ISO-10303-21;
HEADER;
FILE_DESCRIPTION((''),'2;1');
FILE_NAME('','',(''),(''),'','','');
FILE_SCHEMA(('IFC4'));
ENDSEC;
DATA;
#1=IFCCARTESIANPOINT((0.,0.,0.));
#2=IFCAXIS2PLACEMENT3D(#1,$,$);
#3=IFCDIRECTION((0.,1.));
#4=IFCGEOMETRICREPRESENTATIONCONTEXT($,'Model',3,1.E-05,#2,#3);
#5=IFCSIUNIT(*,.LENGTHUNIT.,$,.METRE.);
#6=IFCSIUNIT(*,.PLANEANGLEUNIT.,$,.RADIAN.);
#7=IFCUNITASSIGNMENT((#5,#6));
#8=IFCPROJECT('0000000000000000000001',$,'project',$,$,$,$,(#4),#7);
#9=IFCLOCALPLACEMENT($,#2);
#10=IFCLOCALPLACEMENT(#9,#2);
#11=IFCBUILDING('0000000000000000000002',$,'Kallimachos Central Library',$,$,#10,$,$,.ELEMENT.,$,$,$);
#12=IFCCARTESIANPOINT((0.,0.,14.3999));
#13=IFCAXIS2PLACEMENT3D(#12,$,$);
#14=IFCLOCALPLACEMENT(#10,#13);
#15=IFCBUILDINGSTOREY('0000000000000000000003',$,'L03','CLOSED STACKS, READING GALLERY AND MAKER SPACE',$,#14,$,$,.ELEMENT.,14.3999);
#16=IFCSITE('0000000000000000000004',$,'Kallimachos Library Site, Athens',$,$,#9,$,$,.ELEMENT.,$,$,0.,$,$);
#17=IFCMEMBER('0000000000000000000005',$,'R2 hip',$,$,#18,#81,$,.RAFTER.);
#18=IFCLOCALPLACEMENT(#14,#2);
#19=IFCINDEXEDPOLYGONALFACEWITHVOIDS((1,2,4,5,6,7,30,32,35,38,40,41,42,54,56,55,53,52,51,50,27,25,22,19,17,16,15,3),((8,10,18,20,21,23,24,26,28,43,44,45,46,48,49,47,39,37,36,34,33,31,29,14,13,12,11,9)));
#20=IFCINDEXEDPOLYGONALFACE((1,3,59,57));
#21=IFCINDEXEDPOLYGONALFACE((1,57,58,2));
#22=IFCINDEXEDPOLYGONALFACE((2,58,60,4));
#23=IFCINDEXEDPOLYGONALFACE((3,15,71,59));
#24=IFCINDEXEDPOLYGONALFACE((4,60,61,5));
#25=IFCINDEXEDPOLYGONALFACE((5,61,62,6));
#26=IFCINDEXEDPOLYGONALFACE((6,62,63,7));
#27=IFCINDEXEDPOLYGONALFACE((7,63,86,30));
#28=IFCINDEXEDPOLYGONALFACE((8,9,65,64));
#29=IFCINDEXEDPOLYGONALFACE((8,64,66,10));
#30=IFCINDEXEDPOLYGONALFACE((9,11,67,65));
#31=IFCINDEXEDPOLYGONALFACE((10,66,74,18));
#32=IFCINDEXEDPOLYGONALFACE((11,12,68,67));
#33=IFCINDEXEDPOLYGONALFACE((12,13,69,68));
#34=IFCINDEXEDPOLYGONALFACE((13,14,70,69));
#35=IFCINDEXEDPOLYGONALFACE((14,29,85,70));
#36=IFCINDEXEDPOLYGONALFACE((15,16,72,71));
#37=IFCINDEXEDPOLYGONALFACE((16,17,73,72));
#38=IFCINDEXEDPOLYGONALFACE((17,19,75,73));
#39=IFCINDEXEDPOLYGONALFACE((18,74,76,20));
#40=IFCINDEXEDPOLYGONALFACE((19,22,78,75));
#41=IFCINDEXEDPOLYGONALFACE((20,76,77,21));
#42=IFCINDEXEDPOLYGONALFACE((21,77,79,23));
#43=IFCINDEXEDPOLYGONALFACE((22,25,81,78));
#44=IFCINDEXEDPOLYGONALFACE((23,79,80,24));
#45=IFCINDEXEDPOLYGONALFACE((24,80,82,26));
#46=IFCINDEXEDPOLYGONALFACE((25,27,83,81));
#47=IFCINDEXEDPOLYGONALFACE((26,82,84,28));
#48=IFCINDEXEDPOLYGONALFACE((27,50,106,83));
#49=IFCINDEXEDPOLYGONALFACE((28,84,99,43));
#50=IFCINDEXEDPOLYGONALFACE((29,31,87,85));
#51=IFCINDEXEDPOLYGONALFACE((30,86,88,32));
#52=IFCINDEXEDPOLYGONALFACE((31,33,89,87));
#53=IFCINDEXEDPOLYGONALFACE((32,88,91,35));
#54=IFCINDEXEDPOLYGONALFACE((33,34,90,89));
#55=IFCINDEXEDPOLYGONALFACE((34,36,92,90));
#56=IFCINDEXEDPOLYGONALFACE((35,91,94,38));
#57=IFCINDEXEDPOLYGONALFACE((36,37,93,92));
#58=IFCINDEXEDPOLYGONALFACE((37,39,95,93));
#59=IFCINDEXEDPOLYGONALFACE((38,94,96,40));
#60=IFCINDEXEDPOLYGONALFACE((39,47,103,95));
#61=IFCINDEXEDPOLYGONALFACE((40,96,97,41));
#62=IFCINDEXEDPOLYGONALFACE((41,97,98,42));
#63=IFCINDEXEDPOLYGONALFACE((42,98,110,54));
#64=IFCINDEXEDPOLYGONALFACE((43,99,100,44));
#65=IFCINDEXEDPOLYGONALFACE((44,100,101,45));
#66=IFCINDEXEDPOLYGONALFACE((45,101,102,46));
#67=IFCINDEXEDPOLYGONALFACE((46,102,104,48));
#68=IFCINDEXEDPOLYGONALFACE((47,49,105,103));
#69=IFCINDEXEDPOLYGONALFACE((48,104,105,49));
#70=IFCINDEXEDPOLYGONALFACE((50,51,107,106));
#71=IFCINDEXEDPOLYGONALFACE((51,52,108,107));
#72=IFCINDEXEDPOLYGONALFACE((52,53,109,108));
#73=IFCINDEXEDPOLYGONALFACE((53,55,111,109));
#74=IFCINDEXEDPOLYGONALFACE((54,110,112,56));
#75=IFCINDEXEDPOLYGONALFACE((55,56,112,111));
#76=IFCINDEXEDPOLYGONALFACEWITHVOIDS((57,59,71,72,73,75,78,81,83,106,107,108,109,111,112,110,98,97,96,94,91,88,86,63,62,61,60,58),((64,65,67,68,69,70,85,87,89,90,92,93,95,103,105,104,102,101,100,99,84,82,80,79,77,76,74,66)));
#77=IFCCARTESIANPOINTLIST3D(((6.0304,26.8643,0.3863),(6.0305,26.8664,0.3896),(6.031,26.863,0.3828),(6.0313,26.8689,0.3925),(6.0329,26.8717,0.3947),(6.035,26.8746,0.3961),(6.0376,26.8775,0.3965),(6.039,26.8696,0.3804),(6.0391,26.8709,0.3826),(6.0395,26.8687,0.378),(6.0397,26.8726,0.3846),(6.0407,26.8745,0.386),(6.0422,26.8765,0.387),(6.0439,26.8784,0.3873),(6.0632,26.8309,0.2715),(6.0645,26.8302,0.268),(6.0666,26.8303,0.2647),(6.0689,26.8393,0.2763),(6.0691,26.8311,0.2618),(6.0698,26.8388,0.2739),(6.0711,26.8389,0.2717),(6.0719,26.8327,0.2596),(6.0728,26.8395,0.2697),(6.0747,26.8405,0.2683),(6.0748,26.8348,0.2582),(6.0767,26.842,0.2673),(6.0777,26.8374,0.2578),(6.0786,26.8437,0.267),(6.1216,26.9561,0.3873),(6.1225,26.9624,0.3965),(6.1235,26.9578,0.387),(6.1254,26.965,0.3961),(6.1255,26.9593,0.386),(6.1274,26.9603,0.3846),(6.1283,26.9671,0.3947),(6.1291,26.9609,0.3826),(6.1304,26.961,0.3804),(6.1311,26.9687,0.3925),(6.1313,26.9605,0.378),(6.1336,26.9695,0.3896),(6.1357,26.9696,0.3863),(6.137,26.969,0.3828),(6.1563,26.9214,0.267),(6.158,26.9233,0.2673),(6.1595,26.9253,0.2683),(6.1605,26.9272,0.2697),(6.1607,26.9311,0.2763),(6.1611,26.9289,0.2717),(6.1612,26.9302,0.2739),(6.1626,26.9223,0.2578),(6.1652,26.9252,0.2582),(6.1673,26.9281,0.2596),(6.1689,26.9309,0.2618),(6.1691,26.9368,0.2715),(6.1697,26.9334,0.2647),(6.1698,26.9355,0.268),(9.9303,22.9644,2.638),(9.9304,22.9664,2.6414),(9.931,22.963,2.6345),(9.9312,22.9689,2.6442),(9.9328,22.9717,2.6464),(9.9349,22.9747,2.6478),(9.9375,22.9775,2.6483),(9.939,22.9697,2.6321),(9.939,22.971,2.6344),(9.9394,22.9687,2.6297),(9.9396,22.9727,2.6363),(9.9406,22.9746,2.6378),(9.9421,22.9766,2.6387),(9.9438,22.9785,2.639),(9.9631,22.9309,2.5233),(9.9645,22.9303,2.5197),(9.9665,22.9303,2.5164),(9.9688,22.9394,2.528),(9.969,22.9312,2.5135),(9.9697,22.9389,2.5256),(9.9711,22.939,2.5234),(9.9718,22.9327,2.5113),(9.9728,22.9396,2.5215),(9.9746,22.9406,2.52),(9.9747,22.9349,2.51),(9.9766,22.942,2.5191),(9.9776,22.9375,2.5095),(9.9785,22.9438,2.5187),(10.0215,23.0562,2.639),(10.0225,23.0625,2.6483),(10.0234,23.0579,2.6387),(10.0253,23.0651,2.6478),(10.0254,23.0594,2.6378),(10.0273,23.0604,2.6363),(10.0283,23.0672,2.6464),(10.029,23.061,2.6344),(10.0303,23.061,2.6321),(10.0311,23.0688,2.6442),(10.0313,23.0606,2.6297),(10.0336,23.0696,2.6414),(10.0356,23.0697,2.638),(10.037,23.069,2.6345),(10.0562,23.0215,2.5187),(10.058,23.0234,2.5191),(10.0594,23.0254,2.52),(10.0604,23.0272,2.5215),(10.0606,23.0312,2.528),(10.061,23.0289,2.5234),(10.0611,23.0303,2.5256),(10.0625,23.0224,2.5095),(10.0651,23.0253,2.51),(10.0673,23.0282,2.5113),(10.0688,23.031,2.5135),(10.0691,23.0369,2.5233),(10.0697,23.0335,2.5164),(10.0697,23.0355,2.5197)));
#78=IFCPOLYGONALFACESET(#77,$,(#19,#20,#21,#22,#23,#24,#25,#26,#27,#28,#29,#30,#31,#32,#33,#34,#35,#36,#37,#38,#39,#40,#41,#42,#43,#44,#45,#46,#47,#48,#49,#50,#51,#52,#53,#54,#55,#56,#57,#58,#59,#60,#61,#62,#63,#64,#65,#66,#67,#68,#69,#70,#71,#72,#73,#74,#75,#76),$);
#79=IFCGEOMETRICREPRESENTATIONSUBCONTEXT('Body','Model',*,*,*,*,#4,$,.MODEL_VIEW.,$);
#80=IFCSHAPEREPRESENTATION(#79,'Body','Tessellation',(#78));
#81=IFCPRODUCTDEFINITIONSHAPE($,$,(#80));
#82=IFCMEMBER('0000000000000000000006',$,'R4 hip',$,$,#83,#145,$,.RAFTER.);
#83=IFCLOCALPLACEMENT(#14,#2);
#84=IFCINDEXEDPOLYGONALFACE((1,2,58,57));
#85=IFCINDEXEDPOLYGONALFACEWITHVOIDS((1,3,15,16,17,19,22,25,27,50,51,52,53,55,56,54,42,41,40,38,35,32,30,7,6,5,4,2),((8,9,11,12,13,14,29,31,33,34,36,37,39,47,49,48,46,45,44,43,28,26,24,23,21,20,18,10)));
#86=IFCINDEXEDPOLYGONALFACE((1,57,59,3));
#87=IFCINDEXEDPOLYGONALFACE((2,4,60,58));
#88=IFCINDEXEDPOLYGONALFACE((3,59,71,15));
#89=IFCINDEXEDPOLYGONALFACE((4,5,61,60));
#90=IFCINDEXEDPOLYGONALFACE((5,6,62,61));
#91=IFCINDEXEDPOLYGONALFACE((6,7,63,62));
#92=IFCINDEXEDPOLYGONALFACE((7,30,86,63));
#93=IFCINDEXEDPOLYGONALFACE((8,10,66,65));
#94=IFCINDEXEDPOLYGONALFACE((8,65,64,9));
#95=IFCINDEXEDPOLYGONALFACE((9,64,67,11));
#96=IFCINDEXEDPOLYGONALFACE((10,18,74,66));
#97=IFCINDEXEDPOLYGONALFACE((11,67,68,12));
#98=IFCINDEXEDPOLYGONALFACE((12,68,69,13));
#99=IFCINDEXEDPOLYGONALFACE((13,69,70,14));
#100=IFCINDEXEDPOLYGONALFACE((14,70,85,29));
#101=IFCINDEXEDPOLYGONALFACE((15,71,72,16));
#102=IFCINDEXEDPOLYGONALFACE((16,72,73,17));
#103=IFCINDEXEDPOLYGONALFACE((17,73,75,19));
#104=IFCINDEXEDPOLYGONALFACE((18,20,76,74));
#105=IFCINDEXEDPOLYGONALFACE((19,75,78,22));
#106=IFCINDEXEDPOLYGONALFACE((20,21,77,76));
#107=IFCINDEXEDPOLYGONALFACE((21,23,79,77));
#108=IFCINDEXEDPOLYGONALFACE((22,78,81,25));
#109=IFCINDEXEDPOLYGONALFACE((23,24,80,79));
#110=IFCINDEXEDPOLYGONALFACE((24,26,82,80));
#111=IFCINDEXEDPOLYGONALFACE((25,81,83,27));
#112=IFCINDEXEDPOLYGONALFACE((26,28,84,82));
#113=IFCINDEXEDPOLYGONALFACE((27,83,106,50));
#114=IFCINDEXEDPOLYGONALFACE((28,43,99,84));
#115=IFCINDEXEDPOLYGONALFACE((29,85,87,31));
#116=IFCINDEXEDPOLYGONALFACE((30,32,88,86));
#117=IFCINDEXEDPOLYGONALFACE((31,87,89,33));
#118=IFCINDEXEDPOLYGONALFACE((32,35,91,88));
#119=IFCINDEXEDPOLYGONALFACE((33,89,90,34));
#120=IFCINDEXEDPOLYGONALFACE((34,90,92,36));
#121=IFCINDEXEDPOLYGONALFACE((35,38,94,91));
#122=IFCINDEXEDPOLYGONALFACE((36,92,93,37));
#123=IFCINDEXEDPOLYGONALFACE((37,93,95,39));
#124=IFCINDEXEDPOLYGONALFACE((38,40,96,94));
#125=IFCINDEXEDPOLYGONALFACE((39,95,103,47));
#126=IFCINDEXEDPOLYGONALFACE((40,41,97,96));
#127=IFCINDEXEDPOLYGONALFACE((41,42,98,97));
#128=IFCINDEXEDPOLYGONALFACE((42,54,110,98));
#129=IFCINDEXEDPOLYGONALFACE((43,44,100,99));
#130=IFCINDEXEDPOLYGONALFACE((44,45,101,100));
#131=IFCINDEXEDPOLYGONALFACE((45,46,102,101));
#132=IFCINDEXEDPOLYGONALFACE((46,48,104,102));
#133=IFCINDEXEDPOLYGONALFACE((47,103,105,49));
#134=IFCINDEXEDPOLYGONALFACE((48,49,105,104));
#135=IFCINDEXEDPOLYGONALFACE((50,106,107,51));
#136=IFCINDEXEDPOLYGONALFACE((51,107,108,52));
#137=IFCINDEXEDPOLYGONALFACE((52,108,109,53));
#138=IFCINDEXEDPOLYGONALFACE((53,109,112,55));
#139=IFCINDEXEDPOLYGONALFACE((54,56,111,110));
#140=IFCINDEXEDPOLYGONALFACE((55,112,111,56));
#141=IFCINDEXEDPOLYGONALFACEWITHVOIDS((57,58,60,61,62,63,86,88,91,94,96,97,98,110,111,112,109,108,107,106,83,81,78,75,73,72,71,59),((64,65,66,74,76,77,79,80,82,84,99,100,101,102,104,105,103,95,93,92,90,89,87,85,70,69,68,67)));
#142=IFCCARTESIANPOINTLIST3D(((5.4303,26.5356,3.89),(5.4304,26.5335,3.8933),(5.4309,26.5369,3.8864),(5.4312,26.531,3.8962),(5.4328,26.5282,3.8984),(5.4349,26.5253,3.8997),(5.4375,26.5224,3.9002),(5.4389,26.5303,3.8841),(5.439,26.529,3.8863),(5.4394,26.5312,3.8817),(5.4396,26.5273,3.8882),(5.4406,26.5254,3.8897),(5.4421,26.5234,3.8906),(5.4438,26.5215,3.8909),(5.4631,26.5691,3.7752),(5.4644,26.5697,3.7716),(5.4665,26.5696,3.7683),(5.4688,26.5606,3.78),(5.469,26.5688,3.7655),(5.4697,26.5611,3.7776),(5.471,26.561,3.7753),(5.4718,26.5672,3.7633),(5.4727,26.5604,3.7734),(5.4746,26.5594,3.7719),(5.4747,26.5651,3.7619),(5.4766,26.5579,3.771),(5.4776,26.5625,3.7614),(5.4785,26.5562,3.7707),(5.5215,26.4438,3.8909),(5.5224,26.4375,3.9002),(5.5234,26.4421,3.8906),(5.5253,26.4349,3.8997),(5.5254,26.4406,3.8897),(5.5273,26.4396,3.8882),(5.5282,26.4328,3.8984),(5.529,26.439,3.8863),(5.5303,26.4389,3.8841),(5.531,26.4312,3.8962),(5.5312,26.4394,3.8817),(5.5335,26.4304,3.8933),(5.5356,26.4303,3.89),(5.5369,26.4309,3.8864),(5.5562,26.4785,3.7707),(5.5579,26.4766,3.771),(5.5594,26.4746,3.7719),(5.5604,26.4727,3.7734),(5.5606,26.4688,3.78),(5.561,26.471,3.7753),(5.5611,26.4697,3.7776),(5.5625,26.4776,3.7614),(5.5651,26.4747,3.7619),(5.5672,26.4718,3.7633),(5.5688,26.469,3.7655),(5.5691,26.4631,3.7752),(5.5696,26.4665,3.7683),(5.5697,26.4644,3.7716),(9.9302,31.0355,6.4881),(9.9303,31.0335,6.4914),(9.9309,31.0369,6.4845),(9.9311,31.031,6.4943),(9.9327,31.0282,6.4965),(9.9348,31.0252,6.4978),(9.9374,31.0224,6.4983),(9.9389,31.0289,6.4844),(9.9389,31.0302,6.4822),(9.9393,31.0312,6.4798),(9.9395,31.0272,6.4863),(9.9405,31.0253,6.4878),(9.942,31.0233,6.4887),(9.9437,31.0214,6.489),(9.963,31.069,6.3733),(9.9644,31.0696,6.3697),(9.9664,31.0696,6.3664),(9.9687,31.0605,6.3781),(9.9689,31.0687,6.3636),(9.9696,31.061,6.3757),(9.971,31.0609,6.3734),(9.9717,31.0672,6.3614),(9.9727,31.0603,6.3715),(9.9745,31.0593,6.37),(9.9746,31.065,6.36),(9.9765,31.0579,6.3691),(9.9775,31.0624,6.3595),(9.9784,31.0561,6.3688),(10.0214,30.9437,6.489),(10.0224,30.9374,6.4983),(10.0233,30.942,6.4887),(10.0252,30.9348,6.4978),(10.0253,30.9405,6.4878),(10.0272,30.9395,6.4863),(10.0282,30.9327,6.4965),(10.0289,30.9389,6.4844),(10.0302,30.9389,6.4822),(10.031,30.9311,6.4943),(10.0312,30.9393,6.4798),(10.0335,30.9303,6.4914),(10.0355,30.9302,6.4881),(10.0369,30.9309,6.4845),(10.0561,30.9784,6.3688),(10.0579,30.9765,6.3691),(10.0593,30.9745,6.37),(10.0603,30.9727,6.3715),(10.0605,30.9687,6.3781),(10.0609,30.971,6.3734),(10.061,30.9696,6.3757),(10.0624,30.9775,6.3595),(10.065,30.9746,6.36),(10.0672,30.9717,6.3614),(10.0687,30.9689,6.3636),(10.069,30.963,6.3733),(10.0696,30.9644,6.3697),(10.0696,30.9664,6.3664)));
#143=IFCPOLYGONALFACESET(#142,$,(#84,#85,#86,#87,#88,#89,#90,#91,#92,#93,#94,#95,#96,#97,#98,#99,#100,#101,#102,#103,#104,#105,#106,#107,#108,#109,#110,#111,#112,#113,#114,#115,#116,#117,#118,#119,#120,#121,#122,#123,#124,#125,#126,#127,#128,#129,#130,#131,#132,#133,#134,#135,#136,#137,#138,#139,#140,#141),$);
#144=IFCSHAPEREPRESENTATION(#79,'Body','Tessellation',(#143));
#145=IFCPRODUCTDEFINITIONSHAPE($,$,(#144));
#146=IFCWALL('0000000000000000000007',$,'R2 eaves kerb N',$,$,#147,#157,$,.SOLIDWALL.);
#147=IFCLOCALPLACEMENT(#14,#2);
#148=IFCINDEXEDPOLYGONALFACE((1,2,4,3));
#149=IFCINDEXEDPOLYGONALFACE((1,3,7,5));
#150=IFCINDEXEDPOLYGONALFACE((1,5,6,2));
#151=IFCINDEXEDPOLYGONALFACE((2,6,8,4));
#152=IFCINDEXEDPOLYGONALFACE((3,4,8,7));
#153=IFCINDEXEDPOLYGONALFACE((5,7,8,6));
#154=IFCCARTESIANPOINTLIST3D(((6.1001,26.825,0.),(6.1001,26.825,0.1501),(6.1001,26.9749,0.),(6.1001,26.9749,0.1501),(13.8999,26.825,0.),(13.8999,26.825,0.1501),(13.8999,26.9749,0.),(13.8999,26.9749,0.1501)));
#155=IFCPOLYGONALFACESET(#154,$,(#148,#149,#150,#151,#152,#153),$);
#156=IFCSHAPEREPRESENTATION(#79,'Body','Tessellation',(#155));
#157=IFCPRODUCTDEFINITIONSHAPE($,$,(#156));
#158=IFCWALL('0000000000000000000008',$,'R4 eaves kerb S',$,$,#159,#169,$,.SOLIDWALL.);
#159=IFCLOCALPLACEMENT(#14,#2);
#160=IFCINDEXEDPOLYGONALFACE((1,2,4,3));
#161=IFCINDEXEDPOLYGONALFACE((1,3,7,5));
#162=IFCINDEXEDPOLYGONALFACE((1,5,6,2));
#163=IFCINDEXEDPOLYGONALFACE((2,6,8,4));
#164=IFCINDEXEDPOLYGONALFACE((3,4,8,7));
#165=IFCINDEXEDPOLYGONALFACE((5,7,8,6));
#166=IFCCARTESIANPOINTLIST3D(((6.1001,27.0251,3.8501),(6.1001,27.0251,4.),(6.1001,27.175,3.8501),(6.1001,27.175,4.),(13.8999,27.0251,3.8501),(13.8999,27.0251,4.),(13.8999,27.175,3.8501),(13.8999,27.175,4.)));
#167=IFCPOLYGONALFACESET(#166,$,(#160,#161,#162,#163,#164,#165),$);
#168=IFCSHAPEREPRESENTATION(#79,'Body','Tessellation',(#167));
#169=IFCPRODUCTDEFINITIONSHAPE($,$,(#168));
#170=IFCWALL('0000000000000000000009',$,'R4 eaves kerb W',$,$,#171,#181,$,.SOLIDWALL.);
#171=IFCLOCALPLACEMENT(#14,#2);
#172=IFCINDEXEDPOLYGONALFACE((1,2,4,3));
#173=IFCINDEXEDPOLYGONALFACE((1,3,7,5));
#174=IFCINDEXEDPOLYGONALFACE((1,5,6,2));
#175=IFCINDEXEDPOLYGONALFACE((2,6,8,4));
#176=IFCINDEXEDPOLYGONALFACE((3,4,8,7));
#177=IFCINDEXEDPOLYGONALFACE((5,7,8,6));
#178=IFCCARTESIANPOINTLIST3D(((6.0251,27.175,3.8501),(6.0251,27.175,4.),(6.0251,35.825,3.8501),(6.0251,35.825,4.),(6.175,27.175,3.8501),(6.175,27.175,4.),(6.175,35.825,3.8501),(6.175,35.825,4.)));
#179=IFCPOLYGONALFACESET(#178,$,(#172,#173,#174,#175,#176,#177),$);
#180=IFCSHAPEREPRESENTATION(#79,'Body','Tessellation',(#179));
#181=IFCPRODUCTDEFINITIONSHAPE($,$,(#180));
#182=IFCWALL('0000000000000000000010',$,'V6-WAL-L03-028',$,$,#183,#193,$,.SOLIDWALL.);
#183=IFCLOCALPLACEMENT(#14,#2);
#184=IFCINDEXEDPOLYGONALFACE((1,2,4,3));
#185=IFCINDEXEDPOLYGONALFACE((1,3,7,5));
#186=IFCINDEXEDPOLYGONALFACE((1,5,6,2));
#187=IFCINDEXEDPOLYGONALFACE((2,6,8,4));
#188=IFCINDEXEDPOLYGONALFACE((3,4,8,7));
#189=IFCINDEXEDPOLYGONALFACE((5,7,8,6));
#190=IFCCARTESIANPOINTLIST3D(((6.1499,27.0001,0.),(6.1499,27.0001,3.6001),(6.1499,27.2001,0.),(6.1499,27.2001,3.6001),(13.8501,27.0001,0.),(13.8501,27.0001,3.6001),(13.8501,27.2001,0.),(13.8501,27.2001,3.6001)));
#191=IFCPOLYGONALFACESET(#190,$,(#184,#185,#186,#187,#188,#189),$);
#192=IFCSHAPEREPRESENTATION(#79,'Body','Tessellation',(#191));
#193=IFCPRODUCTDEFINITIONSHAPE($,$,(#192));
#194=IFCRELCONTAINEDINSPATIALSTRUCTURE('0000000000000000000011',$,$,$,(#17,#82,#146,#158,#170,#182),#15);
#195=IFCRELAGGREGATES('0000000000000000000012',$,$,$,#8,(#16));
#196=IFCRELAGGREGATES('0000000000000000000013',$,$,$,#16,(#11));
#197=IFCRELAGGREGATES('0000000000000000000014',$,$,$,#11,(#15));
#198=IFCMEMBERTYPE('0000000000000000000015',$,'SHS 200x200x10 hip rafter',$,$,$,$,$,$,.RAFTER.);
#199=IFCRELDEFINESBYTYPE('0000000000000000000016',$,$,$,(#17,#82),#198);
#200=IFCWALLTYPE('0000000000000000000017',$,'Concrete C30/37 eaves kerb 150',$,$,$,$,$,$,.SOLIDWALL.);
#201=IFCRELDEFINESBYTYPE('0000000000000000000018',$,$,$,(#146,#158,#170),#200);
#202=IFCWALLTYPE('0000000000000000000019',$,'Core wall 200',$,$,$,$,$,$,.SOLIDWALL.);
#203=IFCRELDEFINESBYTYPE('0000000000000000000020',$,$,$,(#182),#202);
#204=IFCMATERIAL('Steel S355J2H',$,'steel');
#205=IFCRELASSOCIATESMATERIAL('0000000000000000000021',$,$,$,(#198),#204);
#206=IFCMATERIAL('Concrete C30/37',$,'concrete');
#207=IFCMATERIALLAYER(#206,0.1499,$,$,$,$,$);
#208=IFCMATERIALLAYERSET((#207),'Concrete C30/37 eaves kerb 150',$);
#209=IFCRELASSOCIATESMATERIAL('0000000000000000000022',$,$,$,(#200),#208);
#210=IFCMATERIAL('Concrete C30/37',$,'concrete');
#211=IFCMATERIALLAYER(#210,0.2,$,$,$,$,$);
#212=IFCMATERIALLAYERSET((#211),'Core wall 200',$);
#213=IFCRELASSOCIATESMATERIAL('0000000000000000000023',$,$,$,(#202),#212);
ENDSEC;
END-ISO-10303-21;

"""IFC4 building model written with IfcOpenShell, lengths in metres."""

from ifc_helpers import new_model, si_unit, direction, frame, frame_2d, origin, origin_2d, place, context, subcontext, project, spatial, rectangle, hollow_rectangle, extrude, material, layer, layer_set, material_profile, profile_set, type_object, element, save


model = new_model("IFC4")

# Units and contexts
model_context = context("Model", 3, precision=1e-05, world=origin(), true_north=direction((0.0, 1.0)))
body_context = subcontext(model_context, "Body", "Model", "MODEL_VIEW")
ifc_project = project(units=[si_unit("LENGTHUNIT", "METRE"), si_unit("PLANEANGLEUNIT", "RADIAN")], contexts=[model_context])

# Site, building, storey
site_placement = place(None, origin())
site = spatial("IfcSite", under=ifc_project, at=site_placement, Name="Kallimachos Library Site, Athens", CompositionType="ELEMENT", RefElevation=0.0)
building_placement = place(site_placement, origin())
building = spatial("IfcBuilding", under=site, at=building_placement, Name="Kallimachos Central Library", CompositionType="ELEMENT")
storey_placement = place(building_placement, frame((0.0, 0.0, 14.3999)))
storey = spatial("IfcBuildingStorey", under=building, at=storey_placement, Name="L03", Description="CLOSED STACKS, READING GALLERY AND MAKER SPACE", CompositionType="ELEMENT", Elevation=14.3999)

# Members
ifc_material_1 = material(Name="Steel S355J2H", Category="steel")
ifc_material_profile_1 = material_profile(ifc_material_1, hollow_rectangle(XDim=0.1499, YDim=0.1499, WallThickness=0.01, InnerFilletRadius=0.01, OuterFilletRadius=0.0149, at=origin_2d()), Name="SHS 150x150x10")
ifc_profile_set_1 = profile_set([ifc_material_profile_1], Name="Steel S355J2H")
member_type_1 = type_object("IfcMemberType", Name="SHS 200x200x10 hip rafter", PredefinedType="RAFTER", material=ifc_profile_set_1)
member_1_placement = place(storey_placement, frame((6.1001, 26.8999, 0.3271), z_axis=(0.65465, -0.65465, 0.377979), x_axis=(0.707107, 0.707107, 0.0)))
element("IfcMember", 1, at=member_1_placement, inside=storey, type_object=member_type_1, Name="R2 hip", PredefinedType="RAFTER", context=body_context, shape_type="SweptSolid", body=[
    extrude(hollow_rectangle(XDim=0.1499, YDim=0.1499, WallThickness=0.01, InnerFilletRadius=0.01, OuterFilletRadius=0.0149, at=origin_2d()), origin(), (0.0, 0.0, 1.0), 5.9573),
])
member_2_placement = place(storey_placement, frame((5.5, 26.5, 3.8308), z_axis=(0.654651, 0.654651, 0.377973), x_axis=(-0.707107, 0.707107, 0.0)))
element("IfcMember", 2, at=member_2_placement, inside=storey, type_object=member_type_1, Name="R4 hip", PredefinedType="RAFTER", context=body_context, shape_type="SweptSolid", body=[
    extrude(hollow_rectangle(XDim=0.1499, YDim=0.1499, WallThickness=0.01, InnerFilletRadius=0.01, OuterFilletRadius=0.0149, at=origin_2d()), origin(), (0.0, 0.0, 1.0), 6.8738),
])

# Walls
ifc_material_2 = material(Name="Concrete C30/37", Category="concrete")
ifc_layer_1 = layer(ifc_material_2, 0.1499)
ifc_layer_set_1 = layer_set([ifc_layer_1], Name="Concrete C30/37 eaves kerb 150")
wall_type_1 = type_object("IfcWallType", Name="Concrete C30/37 eaves kerb 150", PredefinedType="SOLIDWALL", material=ifc_layer_set_1)
wall_1_placement = place(storey_placement, frame((6.1001, 26.8999, 0.0), z_axis=(0.0, 0.0, 1.0), x_axis=(1.0, 0.0, 0.0)))
element("IfcWall", 3, at=wall_1_placement, inside=storey, type_object=wall_type_1, Name="R2 eaves kerb N", PredefinedType="SOLIDWALL", context=body_context, shape_type="SweptSolid", body=[
    extrude(rectangle(XDim=7.7998, YDim=0.1499, at=frame_2d((3.8999, 0.0))), origin(), (0.0, 0.0, 1.0), 0.1501),
])
wall_2_placement = place(storey_placement, frame((6.1001, 27.1001, 3.8501), z_axis=(0.0, 0.0, 1.0), x_axis=(1.0, 0.0, 0.0)))
element("IfcWall", 4, at=wall_2_placement, inside=storey, type_object=wall_type_1, Name="R4 eaves kerb S", PredefinedType="SOLIDWALL", context=body_context, shape_type="SweptSolid", body=[
    extrude(rectangle(XDim=7.7998, YDim=0.1499, at=frame_2d((3.8999, 0.0))), origin(), (0.0, 0.0, 1.0), 0.1499),
])
wall_3_placement = place(storey_placement, frame((6.1001, 27.175, 3.8501), z_axis=(0.0, 0.0, 1.0), x_axis=(0.0, 1.0, 0.0)))
element("IfcWall", 5, at=wall_3_placement, inside=storey, type_object=wall_type_1, Name="R4 eaves kerb W", PredefinedType="SOLIDWALL", context=body_context, shape_type="SweptSolid", body=[
    extrude(rectangle(XDim=8.6499, YDim=0.1499, at=frame_2d((4.325, 0.0))), origin(), (0.0, 0.0, 1.0), 0.1499),
])
ifc_material_3 = material(Name="Concrete C30/37", Category="concrete")
ifc_layer_2 = layer(ifc_material_3, 0.2)
ifc_layer_set_2 = layer_set([ifc_layer_2], Name="Core wall 200")
wall_type_2 = type_object("IfcWallType", Name="Core wall 200", PredefinedType="SOLIDWALL", material=ifc_layer_set_2)
wall_4_placement = place(storey_placement, frame((6.1499, 27.1001, 0.0), z_axis=(0.0, 0.0, 1.0), x_axis=(1.0, 0.0, 0.0)))
element("IfcWall", 6, at=wall_4_placement, inside=storey, type_object=wall_type_2, Name="V6-WAL-L03-028", PredefinedType="SOLIDWALL", context=body_context, shape_type="SweptSolid", body=[
    extrude(rectangle(XDim=7.7002, YDim=0.2, at=frame_2d((3.8501, 0.0))), origin(), (0.0, 0.0, 1.0), 3.6001),
])

save(model, "model.ifc")
